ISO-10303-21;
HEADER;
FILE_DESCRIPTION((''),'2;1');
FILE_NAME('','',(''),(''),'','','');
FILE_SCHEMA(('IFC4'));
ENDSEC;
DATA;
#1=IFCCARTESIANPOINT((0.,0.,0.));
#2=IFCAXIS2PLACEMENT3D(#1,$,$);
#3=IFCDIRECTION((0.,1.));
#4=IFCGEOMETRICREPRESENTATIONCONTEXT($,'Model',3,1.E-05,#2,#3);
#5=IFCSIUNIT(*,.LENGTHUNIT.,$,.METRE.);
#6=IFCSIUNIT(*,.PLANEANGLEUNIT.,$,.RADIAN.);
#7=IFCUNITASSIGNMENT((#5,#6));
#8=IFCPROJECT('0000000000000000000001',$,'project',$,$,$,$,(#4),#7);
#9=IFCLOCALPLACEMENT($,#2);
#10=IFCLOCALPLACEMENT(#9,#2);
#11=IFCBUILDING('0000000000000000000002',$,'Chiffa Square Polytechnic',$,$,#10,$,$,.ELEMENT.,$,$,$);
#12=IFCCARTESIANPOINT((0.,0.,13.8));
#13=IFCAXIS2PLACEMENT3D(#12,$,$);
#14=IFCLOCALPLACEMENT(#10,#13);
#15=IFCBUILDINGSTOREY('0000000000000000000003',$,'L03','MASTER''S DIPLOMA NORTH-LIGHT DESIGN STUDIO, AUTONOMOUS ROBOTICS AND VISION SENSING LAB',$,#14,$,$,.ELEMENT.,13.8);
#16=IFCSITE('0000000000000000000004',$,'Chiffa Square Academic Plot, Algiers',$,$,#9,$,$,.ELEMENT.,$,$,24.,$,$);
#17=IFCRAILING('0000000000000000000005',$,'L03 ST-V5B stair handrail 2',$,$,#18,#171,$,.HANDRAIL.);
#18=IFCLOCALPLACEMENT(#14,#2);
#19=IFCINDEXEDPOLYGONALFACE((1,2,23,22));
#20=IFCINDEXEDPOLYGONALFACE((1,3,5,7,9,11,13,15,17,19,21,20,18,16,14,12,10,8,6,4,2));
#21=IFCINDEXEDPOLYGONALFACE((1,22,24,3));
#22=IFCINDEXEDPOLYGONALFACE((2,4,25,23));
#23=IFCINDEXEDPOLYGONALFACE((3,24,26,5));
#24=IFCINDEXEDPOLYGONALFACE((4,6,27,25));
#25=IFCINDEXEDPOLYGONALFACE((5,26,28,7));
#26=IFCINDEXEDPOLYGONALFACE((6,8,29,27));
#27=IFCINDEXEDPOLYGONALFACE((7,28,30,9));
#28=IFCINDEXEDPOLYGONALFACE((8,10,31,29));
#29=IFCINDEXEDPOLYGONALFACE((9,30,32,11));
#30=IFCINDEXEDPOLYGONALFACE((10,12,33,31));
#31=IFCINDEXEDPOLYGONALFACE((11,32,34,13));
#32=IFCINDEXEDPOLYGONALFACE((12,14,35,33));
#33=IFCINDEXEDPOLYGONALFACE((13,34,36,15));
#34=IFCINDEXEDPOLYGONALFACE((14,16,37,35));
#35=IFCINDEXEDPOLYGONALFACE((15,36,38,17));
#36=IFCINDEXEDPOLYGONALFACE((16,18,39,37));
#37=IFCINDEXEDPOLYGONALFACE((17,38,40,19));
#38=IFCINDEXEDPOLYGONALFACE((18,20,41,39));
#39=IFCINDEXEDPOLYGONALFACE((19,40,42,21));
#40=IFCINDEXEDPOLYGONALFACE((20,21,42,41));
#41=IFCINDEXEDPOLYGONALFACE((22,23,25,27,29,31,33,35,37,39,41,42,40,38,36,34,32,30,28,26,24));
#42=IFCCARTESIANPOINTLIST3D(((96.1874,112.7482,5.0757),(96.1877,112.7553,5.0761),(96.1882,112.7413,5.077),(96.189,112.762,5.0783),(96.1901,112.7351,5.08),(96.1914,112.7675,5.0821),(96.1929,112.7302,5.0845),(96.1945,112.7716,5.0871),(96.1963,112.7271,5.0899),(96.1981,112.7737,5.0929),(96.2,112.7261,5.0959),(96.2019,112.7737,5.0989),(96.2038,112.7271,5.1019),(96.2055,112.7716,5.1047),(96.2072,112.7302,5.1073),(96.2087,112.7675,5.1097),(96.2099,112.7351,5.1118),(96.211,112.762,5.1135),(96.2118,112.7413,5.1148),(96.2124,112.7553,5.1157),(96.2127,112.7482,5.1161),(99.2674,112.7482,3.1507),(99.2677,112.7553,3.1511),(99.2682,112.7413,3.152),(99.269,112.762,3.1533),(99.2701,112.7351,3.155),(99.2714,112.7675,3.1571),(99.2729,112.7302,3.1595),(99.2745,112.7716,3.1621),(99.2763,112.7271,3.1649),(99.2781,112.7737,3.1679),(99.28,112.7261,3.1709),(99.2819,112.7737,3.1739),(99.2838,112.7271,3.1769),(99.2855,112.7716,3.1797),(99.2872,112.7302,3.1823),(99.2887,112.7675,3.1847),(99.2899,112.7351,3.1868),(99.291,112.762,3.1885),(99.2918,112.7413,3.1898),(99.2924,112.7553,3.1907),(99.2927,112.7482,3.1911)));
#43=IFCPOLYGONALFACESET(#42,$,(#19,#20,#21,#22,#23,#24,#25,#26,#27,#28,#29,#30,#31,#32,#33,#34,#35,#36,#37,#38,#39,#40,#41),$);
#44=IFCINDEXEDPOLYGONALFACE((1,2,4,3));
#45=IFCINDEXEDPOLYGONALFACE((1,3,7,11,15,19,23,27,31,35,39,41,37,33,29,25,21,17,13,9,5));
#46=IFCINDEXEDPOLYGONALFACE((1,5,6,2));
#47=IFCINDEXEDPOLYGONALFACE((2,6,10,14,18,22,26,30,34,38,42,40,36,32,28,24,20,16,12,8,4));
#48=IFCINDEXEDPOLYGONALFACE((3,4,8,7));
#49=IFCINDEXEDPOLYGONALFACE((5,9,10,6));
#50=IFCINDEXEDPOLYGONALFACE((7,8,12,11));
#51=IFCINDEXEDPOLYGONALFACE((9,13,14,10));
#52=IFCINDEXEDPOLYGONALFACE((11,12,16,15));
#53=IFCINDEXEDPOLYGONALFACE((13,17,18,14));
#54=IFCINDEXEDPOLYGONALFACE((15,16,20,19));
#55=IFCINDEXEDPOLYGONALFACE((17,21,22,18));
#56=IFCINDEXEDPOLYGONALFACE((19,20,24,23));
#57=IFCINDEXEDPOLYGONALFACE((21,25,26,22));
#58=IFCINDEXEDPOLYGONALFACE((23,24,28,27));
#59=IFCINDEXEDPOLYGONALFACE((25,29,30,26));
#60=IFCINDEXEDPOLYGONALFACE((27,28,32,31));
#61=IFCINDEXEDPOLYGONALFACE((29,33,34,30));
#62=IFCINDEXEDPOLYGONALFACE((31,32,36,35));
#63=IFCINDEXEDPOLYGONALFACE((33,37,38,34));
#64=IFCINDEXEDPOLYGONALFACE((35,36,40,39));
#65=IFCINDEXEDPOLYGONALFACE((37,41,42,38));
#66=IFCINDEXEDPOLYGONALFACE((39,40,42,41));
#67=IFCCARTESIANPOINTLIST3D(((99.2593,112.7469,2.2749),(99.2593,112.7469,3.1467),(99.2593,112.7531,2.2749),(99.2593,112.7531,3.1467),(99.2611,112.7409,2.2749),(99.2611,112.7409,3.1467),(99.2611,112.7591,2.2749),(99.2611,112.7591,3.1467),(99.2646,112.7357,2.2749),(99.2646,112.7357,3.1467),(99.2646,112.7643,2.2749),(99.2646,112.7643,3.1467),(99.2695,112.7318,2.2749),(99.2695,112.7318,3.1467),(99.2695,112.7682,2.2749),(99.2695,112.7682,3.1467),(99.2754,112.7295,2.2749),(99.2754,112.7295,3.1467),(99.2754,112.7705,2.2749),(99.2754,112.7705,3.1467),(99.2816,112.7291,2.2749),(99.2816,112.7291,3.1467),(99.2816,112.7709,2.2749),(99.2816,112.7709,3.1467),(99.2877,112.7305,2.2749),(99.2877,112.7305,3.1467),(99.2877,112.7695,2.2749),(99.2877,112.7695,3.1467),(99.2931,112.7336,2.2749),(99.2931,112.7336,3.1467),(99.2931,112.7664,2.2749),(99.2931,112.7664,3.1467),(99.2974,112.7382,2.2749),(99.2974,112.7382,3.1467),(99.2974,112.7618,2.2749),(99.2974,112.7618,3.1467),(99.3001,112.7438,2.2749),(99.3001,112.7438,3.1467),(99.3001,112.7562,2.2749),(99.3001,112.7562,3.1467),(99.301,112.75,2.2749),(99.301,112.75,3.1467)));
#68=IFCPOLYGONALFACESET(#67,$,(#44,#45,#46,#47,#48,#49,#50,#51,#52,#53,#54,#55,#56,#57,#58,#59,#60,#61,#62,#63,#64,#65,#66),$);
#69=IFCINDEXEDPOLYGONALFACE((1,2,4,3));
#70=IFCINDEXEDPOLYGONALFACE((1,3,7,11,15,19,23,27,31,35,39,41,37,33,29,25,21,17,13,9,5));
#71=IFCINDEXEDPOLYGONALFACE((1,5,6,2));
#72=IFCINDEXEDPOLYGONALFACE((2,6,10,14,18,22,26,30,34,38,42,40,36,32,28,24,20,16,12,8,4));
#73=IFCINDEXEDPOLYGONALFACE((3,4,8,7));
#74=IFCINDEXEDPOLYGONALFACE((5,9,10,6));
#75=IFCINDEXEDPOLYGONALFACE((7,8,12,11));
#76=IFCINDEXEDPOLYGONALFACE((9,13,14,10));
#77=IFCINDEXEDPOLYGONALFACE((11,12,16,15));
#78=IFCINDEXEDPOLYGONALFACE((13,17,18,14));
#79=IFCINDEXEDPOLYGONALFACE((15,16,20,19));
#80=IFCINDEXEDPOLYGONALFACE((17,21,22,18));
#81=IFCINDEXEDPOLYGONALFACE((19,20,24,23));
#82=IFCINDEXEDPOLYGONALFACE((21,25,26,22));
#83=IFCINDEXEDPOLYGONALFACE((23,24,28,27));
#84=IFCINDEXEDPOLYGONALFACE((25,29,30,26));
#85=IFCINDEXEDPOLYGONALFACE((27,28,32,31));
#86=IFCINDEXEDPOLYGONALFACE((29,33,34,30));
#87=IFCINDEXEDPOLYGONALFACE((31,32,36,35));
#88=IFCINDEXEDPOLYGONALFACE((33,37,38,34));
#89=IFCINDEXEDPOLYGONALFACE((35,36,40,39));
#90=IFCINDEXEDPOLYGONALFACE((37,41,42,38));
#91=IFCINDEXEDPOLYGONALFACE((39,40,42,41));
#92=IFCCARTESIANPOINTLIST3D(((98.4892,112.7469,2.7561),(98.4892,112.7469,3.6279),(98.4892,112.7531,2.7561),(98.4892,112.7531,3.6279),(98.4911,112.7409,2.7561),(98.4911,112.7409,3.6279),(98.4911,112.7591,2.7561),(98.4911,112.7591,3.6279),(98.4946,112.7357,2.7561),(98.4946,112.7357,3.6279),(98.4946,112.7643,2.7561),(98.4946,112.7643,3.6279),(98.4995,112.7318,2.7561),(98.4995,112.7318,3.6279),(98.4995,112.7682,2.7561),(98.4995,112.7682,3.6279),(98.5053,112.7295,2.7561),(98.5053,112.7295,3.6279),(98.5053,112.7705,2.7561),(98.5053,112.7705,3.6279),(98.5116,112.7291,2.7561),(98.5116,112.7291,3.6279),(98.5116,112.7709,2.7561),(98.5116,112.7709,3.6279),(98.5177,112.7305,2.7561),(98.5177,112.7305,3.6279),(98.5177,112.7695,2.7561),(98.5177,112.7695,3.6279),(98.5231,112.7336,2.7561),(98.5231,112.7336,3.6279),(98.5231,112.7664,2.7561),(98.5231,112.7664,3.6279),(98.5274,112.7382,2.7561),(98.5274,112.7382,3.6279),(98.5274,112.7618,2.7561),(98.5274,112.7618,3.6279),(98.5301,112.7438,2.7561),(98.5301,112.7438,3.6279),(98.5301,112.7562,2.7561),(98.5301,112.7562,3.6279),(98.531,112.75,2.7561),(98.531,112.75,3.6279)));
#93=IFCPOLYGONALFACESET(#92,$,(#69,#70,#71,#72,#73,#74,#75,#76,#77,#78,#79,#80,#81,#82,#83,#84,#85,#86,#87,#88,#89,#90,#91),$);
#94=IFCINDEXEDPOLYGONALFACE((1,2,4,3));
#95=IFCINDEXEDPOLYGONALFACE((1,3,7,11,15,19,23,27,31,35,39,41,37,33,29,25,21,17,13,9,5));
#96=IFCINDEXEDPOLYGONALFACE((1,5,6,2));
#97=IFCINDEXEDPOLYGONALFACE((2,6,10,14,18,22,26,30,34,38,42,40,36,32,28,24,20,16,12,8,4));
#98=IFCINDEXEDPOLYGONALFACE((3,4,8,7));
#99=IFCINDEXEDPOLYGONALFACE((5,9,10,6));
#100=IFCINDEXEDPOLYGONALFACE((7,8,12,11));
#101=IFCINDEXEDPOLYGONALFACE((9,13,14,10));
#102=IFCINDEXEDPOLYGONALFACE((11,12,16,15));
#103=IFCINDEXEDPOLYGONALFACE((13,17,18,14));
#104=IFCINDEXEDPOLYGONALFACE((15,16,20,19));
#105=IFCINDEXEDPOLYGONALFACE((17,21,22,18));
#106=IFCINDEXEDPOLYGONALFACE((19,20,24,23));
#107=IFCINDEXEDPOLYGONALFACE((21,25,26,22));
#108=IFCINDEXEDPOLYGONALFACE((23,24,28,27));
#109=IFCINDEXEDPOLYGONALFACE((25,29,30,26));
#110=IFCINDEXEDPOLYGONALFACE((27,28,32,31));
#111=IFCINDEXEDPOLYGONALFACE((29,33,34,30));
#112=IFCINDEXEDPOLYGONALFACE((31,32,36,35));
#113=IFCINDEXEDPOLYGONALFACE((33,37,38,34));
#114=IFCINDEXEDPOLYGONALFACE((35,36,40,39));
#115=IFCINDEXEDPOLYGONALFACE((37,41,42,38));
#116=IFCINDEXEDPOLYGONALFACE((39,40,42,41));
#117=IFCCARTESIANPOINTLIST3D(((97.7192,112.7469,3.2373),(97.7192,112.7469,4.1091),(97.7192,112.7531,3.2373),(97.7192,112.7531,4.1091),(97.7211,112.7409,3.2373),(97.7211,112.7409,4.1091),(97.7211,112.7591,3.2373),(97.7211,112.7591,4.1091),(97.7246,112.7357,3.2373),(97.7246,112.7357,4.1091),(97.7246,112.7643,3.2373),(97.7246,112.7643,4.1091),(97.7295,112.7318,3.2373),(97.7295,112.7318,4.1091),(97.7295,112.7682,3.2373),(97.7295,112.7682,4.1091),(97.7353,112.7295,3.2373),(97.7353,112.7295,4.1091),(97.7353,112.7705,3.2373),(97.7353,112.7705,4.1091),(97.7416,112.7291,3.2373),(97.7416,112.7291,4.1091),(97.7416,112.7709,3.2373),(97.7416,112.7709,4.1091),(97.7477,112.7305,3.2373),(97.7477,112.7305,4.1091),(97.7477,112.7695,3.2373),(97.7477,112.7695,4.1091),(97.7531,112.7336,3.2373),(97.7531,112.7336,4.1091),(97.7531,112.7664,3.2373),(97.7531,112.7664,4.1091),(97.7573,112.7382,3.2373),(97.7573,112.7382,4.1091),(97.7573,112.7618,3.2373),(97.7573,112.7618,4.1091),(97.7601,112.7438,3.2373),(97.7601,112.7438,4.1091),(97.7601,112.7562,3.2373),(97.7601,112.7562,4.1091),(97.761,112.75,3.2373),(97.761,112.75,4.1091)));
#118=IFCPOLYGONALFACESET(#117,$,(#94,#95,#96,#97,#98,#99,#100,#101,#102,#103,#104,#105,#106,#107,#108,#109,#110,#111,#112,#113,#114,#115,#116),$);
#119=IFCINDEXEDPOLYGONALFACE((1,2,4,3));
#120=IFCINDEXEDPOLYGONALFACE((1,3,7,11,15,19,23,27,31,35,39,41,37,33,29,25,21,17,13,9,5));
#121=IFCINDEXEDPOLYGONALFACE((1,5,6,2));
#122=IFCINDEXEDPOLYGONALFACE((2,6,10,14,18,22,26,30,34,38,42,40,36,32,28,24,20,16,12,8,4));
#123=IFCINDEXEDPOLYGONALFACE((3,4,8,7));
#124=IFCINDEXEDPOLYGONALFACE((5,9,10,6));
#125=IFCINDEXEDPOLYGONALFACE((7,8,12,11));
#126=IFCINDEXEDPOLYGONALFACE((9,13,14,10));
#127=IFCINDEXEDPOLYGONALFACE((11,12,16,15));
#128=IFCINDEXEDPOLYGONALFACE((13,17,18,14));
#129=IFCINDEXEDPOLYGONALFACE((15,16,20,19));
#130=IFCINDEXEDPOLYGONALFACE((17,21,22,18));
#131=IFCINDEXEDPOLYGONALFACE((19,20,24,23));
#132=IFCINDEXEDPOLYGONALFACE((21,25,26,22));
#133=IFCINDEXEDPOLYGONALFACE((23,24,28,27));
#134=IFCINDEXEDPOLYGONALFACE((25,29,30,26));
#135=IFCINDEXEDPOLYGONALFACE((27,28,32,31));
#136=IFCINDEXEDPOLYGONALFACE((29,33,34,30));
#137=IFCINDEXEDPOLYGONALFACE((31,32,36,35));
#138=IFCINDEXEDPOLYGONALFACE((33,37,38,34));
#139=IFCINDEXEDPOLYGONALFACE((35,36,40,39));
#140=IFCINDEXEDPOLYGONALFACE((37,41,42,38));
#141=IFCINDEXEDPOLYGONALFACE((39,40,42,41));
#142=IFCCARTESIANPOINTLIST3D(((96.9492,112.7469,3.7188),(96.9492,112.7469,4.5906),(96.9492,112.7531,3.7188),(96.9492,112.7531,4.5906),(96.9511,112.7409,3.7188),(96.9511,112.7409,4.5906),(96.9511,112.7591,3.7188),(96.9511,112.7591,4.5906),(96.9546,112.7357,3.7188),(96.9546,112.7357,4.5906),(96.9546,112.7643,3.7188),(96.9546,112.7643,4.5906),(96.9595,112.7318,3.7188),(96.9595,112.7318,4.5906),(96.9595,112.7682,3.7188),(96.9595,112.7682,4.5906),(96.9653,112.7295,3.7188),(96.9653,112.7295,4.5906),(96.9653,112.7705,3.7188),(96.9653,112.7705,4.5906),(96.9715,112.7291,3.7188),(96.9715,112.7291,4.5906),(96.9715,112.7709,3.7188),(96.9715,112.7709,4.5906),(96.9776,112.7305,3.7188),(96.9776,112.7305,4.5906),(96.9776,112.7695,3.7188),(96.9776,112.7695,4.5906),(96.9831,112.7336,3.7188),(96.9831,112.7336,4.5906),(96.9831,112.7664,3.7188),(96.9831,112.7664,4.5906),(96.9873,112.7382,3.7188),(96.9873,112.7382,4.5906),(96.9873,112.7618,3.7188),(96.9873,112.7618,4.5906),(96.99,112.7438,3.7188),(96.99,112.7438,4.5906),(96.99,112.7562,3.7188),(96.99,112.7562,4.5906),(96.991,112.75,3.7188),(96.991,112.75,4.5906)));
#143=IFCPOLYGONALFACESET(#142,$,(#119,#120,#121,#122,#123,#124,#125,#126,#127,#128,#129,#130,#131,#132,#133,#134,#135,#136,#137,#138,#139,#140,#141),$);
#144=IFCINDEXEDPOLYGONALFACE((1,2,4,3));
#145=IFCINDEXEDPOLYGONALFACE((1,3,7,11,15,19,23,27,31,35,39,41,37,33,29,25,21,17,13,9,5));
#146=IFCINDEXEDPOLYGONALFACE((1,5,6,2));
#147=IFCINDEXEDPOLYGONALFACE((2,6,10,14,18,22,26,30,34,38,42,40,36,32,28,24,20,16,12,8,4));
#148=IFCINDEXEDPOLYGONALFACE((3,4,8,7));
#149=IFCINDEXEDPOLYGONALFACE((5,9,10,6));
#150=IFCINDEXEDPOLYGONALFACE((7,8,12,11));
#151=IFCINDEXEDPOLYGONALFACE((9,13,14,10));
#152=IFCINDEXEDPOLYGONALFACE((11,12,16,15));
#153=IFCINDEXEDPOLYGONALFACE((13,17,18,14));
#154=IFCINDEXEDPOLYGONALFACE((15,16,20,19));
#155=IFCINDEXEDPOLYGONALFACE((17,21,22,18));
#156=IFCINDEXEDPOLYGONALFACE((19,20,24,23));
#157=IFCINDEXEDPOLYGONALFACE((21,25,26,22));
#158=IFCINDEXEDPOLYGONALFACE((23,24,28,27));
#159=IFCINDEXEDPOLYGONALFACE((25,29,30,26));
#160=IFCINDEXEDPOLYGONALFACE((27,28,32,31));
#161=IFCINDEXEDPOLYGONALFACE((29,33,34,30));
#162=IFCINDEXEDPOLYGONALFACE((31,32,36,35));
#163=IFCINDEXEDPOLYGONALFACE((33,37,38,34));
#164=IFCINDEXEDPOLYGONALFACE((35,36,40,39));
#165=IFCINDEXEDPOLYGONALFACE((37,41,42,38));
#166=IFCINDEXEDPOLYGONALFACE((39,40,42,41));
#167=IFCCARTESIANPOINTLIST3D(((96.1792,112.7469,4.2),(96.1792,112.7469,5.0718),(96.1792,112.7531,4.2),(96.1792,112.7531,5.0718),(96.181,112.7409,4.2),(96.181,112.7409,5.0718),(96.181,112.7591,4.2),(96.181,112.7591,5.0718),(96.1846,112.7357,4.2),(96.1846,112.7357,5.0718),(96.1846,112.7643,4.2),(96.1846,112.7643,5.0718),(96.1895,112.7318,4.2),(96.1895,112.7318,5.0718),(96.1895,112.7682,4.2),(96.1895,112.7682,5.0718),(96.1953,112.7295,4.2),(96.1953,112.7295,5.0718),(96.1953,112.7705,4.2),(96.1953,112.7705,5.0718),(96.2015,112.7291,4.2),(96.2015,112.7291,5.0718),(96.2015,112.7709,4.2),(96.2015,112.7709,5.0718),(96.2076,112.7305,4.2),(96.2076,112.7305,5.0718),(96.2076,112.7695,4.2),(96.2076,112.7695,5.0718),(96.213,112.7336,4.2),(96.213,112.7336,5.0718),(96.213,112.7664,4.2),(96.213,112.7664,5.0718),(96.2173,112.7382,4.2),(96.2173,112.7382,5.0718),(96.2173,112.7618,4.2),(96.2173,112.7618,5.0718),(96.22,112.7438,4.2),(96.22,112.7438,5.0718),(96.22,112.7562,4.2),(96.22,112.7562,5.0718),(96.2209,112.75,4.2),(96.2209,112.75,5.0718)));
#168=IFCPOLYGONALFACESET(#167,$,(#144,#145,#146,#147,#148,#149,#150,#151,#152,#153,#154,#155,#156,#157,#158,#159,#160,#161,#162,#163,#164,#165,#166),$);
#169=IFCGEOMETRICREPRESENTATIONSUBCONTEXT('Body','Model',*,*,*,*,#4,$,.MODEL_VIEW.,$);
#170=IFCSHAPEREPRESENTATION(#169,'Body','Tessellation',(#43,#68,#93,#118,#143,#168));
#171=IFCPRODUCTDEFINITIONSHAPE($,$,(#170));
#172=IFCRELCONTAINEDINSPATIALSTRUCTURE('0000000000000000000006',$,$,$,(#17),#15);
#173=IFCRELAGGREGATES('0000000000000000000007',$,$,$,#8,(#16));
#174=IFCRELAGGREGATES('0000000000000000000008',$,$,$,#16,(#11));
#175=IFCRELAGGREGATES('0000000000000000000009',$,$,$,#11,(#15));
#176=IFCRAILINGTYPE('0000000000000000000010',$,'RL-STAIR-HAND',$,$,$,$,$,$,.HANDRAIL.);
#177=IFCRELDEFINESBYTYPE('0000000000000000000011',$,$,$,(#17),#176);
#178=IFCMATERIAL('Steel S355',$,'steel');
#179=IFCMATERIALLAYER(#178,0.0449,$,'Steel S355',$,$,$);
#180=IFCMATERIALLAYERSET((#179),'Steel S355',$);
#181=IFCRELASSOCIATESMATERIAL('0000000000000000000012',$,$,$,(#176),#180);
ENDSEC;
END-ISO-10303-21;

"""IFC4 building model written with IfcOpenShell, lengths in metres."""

from ifc_helpers import new_model, si_unit, direction, frame, origin, origin_2d, place, context, subcontext, project, spatial, circle, extrude, material, layer, layer_set, type_object, element, save


model = new_model("IFC4")

# Units and contexts
model_context = context("Model", 3, precision=1e-05, world=origin(), true_north=direction((0.0, 1.0)))
body_context = subcontext(model_context, "Body", "Model", "MODEL_VIEW")
ifc_project = project(units=[si_unit("LENGTHUNIT", "METRE"), si_unit("PLANEANGLEUNIT", "RADIAN")], contexts=[model_context])

# Site, building, storey
site_placement = place(None, origin())
site = spatial("IfcSite", under=ifc_project, at=site_placement, Name="Chiffa Square Academic Plot, Algiers", CompositionType="ELEMENT", RefElevation=24.0)
building_placement = place(site_placement, origin())
building = spatial("IfcBuilding", under=site, at=building_placement, Name="Chiffa Square Polytechnic", CompositionType="ELEMENT")
storey_placement = place(building_placement, frame((0.0, 0.0, 13.8)))
storey = spatial("IfcBuildingStorey", under=building, at=storey_placement, Name="L03", Description="MASTER'S DIPLOMA NORTH-LIGHT DESIGN STUDIO, AUTONOMOUS ROBOTICS AND VISION SENSING LAB", CompositionType="ELEMENT", Elevation=13.8)

# Railing
ifc_material_1 = material(Name="Steel S355", Category="steel")
ifc_layer_1 = layer(ifc_material_1, 0.0449, Name="Steel S355")
ifc_layer_set_1 = layer_set([ifc_layer_1], Name="Steel S355")
railing_type_1 = type_object("IfcRailingType", Name="RL-STAIR-HAND", PredefinedType="HANDRAIL", material=ifc_layer_set_1)
railing_1_placement = place(storey_placement, frame((99.28, 112.75, 2.2749)))
element("IfcRailing", 1, at=railing_1_placement, inside=storey, type_object=railing_type_1, Name="L03 ST-V5B stair handrail 2", PredefinedType="HANDRAIL", context=body_context, shape_type="SweptSolid", body=[
    extrude(circle(Radius=0.0239, at=origin_2d()), frame((0.0, 0.0, 0.896), z_axis=(-0.847998, 0.0, 0.529999), x_axis=(0.0, -1.0, 0.0)), (0.0, 0.0, 1.0), 3.6321),
    extrude(circle(Radius=0.021, at=origin_2d()), origin(), (0.0, 0.0, 1.0), 0.8718),
    extrude(circle(Radius=0.021, at=origin_2d()), frame((-0.77, 0.0, 0.4812)), (0.0, 0.0, 1.0), 0.8718),
    extrude(circle(Radius=0.021, at=origin_2d()), frame((-1.54, 0.0, 0.9624)), (0.0, 0.0, 1.0), 0.8718),
    extrude(circle(Radius=0.021, at=origin_2d()), frame((-2.3101, 0.0, 1.4438)), (0.0, 0.0, 1.0), 0.8718),
    extrude(circle(Radius=0.021, at=origin_2d()), frame((-3.0801, 0.0, 1.925)), (0.0, 0.0, 1.0), 0.8718),
])

save(model, "model.ifc")
